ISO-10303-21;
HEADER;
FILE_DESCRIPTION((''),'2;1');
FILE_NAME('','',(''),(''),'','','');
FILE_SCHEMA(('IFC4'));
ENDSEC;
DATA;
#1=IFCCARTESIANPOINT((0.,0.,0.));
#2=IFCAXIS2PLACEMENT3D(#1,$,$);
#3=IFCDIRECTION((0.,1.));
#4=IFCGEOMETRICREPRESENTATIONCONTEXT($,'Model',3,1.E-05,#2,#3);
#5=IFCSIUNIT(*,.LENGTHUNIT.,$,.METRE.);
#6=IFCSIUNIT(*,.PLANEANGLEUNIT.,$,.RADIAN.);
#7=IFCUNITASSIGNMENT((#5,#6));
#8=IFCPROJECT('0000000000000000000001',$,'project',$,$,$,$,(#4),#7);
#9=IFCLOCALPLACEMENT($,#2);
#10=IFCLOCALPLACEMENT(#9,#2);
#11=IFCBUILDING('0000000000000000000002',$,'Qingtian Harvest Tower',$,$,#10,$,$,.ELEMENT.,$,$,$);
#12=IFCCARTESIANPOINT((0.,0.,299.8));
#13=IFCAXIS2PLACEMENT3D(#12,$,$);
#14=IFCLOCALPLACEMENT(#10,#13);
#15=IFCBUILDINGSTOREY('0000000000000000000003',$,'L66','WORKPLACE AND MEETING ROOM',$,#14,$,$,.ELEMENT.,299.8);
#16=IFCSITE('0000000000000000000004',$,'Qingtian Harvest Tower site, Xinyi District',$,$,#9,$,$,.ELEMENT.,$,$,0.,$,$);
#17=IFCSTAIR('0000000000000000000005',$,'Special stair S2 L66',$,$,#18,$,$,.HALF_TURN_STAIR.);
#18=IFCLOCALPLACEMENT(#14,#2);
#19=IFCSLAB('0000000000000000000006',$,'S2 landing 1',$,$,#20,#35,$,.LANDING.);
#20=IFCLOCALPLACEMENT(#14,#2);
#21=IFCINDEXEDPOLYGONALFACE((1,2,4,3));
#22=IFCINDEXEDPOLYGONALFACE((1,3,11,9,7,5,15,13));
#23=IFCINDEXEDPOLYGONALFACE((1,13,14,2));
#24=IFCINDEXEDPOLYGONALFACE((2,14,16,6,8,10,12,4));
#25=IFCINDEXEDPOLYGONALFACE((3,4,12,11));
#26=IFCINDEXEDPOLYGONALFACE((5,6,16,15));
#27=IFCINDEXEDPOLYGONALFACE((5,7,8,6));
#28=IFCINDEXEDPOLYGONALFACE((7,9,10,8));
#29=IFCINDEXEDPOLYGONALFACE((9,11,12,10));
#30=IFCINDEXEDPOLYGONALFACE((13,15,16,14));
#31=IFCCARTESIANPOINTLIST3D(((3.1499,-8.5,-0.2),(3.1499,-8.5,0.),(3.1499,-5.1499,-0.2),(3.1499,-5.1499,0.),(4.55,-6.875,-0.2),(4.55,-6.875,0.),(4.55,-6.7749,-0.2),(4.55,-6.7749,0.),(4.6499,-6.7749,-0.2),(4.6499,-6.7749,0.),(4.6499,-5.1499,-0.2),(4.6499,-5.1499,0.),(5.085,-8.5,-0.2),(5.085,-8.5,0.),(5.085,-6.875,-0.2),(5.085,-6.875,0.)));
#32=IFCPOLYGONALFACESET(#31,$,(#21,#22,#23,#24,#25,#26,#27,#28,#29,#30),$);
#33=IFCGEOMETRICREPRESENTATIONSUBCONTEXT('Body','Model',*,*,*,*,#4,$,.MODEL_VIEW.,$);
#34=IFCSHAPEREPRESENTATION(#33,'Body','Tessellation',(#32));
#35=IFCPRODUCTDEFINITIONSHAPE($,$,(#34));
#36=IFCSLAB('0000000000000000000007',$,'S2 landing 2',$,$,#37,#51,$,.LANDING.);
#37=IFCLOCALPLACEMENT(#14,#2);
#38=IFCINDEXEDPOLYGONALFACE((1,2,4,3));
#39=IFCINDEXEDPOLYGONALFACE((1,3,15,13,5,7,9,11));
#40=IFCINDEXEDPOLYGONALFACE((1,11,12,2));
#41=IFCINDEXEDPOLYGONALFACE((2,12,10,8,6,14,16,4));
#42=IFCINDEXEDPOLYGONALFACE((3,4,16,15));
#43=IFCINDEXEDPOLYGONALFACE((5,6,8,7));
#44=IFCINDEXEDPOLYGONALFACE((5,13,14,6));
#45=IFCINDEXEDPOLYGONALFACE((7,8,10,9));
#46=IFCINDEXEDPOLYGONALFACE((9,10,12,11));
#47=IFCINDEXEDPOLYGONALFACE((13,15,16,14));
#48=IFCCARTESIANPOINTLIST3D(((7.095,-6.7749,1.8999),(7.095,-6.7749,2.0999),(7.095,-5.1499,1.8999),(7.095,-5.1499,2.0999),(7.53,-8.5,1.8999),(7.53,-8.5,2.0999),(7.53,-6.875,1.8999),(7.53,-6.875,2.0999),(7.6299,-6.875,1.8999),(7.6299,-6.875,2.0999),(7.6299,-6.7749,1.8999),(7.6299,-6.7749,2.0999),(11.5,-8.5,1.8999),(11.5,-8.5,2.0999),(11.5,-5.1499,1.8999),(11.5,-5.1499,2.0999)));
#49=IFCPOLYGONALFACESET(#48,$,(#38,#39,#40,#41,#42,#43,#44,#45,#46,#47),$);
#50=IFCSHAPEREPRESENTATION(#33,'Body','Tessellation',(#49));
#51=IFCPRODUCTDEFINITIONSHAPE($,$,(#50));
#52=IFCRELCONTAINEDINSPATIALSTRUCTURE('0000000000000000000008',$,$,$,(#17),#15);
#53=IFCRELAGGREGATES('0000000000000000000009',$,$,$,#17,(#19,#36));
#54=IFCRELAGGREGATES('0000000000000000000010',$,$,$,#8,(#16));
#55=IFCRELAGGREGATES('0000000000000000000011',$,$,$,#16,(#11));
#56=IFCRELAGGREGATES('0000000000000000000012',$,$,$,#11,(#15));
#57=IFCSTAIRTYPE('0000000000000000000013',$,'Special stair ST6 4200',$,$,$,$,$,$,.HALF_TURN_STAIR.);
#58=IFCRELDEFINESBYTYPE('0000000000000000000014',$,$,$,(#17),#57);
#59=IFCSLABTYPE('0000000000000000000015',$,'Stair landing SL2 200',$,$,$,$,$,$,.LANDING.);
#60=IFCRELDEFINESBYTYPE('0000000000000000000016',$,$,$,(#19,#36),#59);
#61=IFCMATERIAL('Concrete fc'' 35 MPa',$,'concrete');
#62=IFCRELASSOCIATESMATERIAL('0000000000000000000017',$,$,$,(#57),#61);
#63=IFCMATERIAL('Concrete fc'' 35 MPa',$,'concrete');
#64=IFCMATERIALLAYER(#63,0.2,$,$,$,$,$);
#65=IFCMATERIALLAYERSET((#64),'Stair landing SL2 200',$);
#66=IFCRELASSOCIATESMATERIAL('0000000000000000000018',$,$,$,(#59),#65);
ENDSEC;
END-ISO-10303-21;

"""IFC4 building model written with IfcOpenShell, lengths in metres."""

from ifc_helpers import new_model, si_unit, direction, frame, origin, place, context, subcontext, project, spatial, polyline, outline, extrude, material, layer, layer_set, type_object, element, aggregate, save


model = new_model("IFC4")

# Units and contexts
model_context = context("Model", 3, precision=1e-05, world=origin(), true_north=direction((0.0, 1.0)))
body_context = subcontext(model_context, "Body", "Model", "MODEL_VIEW")
ifc_project = project(units=[si_unit("LENGTHUNIT", "METRE"), si_unit("PLANEANGLEUNIT", "RADIAN")], contexts=[model_context])

# Site, building, storey
site_placement = place(None, origin())
site = spatial("IfcSite", under=ifc_project, at=site_placement, Name="Qingtian Harvest Tower site, Xinyi District", CompositionType="ELEMENT", RefElevation=0.0)
building_placement = place(site_placement, origin())
building = spatial("IfcBuilding", under=site, at=building_placement, Name="Qingtian Harvest Tower", CompositionType="ELEMENT")
storey_placement = place(building_placement, frame((0.0, 0.0, 299.8)))
storey = spatial("IfcBuildingStorey", under=building, at=storey_placement, Name="L66", Description="WORKPLACE AND MEETING ROOM", CompositionType="ELEMENT", Elevation=299.8)

# Shared definitions
ifc_material_1 = material(Name="Concrete fc' 35 MPa", Category="concrete")
stair_type = type_object("IfcStairType", Name="Special stair ST6 4200", PredefinedType="HALF_TURN_STAIR", material=ifc_material_1)
ifc_material_2 = material(Name="Concrete fc' 35 MPa", Category="concrete")
ifc_layer_1 = layer(ifc_material_2, 0.2)
ifc_layer_set_1 = layer_set([ifc_layer_1], Name="Stair landing SL2 200")
slab_type_1 = type_object("IfcSlabType", Name="Stair landing SL2 200", PredefinedType="LANDING", material=ifc_layer_set_1)

# Stair, slabs
stair_1_placement = place(storey_placement, origin())
stair_1 = element("IfcStair", 1, at=stair_1_placement, inside=storey, type_object=stair_type, Name="Special stair S2 L66", PredefinedType="HALF_TURN_STAIR")
slab_1_placement = place(storey_placement, frame((0.0, 0.0, -0.2)))
slab_1 = element("IfcSlab", 2, at=slab_1_placement, type_object=slab_type_1, Name="S2 landing 1", PredefinedType="LANDING", context=body_context, shape_type="SweptSolid", body=[
    extrude(outline(polyline([(5.085, -8.5), (3.1499, -8.5), (3.1499, -5.1499), (4.6499, -5.1499), (4.6499, -6.7749), (4.55, -6.7749), (4.55, -6.875), (5.085, -6.875), (5.085, -8.5)])), origin(), (0.0, 0.0, 1.0), 0.2),
])
slab_2_placement = place(storey_placement, frame((0.0, 0.0, 1.8999)))
slab_2 = element("IfcSlab", 3, at=slab_2_placement, type_object=slab_type_1, Name="S2 landing 2", PredefinedType="LANDING", context=body_context, shape_type="SweptSolid", body=[
    extrude(outline(polyline([(7.53, -8.5), (7.53, -6.875), (7.6299, -6.875), (7.6299, -6.7749), (7.095, -6.7749), (7.095, -5.1499), (11.5, -5.1499), (11.5, -8.5), (7.53, -8.5)])), origin(), (0.0, 0.0, 1.0), 0.2),
])
aggregate(stair_1, [slab_1, slab_2])

save(model, "model.ifc")
